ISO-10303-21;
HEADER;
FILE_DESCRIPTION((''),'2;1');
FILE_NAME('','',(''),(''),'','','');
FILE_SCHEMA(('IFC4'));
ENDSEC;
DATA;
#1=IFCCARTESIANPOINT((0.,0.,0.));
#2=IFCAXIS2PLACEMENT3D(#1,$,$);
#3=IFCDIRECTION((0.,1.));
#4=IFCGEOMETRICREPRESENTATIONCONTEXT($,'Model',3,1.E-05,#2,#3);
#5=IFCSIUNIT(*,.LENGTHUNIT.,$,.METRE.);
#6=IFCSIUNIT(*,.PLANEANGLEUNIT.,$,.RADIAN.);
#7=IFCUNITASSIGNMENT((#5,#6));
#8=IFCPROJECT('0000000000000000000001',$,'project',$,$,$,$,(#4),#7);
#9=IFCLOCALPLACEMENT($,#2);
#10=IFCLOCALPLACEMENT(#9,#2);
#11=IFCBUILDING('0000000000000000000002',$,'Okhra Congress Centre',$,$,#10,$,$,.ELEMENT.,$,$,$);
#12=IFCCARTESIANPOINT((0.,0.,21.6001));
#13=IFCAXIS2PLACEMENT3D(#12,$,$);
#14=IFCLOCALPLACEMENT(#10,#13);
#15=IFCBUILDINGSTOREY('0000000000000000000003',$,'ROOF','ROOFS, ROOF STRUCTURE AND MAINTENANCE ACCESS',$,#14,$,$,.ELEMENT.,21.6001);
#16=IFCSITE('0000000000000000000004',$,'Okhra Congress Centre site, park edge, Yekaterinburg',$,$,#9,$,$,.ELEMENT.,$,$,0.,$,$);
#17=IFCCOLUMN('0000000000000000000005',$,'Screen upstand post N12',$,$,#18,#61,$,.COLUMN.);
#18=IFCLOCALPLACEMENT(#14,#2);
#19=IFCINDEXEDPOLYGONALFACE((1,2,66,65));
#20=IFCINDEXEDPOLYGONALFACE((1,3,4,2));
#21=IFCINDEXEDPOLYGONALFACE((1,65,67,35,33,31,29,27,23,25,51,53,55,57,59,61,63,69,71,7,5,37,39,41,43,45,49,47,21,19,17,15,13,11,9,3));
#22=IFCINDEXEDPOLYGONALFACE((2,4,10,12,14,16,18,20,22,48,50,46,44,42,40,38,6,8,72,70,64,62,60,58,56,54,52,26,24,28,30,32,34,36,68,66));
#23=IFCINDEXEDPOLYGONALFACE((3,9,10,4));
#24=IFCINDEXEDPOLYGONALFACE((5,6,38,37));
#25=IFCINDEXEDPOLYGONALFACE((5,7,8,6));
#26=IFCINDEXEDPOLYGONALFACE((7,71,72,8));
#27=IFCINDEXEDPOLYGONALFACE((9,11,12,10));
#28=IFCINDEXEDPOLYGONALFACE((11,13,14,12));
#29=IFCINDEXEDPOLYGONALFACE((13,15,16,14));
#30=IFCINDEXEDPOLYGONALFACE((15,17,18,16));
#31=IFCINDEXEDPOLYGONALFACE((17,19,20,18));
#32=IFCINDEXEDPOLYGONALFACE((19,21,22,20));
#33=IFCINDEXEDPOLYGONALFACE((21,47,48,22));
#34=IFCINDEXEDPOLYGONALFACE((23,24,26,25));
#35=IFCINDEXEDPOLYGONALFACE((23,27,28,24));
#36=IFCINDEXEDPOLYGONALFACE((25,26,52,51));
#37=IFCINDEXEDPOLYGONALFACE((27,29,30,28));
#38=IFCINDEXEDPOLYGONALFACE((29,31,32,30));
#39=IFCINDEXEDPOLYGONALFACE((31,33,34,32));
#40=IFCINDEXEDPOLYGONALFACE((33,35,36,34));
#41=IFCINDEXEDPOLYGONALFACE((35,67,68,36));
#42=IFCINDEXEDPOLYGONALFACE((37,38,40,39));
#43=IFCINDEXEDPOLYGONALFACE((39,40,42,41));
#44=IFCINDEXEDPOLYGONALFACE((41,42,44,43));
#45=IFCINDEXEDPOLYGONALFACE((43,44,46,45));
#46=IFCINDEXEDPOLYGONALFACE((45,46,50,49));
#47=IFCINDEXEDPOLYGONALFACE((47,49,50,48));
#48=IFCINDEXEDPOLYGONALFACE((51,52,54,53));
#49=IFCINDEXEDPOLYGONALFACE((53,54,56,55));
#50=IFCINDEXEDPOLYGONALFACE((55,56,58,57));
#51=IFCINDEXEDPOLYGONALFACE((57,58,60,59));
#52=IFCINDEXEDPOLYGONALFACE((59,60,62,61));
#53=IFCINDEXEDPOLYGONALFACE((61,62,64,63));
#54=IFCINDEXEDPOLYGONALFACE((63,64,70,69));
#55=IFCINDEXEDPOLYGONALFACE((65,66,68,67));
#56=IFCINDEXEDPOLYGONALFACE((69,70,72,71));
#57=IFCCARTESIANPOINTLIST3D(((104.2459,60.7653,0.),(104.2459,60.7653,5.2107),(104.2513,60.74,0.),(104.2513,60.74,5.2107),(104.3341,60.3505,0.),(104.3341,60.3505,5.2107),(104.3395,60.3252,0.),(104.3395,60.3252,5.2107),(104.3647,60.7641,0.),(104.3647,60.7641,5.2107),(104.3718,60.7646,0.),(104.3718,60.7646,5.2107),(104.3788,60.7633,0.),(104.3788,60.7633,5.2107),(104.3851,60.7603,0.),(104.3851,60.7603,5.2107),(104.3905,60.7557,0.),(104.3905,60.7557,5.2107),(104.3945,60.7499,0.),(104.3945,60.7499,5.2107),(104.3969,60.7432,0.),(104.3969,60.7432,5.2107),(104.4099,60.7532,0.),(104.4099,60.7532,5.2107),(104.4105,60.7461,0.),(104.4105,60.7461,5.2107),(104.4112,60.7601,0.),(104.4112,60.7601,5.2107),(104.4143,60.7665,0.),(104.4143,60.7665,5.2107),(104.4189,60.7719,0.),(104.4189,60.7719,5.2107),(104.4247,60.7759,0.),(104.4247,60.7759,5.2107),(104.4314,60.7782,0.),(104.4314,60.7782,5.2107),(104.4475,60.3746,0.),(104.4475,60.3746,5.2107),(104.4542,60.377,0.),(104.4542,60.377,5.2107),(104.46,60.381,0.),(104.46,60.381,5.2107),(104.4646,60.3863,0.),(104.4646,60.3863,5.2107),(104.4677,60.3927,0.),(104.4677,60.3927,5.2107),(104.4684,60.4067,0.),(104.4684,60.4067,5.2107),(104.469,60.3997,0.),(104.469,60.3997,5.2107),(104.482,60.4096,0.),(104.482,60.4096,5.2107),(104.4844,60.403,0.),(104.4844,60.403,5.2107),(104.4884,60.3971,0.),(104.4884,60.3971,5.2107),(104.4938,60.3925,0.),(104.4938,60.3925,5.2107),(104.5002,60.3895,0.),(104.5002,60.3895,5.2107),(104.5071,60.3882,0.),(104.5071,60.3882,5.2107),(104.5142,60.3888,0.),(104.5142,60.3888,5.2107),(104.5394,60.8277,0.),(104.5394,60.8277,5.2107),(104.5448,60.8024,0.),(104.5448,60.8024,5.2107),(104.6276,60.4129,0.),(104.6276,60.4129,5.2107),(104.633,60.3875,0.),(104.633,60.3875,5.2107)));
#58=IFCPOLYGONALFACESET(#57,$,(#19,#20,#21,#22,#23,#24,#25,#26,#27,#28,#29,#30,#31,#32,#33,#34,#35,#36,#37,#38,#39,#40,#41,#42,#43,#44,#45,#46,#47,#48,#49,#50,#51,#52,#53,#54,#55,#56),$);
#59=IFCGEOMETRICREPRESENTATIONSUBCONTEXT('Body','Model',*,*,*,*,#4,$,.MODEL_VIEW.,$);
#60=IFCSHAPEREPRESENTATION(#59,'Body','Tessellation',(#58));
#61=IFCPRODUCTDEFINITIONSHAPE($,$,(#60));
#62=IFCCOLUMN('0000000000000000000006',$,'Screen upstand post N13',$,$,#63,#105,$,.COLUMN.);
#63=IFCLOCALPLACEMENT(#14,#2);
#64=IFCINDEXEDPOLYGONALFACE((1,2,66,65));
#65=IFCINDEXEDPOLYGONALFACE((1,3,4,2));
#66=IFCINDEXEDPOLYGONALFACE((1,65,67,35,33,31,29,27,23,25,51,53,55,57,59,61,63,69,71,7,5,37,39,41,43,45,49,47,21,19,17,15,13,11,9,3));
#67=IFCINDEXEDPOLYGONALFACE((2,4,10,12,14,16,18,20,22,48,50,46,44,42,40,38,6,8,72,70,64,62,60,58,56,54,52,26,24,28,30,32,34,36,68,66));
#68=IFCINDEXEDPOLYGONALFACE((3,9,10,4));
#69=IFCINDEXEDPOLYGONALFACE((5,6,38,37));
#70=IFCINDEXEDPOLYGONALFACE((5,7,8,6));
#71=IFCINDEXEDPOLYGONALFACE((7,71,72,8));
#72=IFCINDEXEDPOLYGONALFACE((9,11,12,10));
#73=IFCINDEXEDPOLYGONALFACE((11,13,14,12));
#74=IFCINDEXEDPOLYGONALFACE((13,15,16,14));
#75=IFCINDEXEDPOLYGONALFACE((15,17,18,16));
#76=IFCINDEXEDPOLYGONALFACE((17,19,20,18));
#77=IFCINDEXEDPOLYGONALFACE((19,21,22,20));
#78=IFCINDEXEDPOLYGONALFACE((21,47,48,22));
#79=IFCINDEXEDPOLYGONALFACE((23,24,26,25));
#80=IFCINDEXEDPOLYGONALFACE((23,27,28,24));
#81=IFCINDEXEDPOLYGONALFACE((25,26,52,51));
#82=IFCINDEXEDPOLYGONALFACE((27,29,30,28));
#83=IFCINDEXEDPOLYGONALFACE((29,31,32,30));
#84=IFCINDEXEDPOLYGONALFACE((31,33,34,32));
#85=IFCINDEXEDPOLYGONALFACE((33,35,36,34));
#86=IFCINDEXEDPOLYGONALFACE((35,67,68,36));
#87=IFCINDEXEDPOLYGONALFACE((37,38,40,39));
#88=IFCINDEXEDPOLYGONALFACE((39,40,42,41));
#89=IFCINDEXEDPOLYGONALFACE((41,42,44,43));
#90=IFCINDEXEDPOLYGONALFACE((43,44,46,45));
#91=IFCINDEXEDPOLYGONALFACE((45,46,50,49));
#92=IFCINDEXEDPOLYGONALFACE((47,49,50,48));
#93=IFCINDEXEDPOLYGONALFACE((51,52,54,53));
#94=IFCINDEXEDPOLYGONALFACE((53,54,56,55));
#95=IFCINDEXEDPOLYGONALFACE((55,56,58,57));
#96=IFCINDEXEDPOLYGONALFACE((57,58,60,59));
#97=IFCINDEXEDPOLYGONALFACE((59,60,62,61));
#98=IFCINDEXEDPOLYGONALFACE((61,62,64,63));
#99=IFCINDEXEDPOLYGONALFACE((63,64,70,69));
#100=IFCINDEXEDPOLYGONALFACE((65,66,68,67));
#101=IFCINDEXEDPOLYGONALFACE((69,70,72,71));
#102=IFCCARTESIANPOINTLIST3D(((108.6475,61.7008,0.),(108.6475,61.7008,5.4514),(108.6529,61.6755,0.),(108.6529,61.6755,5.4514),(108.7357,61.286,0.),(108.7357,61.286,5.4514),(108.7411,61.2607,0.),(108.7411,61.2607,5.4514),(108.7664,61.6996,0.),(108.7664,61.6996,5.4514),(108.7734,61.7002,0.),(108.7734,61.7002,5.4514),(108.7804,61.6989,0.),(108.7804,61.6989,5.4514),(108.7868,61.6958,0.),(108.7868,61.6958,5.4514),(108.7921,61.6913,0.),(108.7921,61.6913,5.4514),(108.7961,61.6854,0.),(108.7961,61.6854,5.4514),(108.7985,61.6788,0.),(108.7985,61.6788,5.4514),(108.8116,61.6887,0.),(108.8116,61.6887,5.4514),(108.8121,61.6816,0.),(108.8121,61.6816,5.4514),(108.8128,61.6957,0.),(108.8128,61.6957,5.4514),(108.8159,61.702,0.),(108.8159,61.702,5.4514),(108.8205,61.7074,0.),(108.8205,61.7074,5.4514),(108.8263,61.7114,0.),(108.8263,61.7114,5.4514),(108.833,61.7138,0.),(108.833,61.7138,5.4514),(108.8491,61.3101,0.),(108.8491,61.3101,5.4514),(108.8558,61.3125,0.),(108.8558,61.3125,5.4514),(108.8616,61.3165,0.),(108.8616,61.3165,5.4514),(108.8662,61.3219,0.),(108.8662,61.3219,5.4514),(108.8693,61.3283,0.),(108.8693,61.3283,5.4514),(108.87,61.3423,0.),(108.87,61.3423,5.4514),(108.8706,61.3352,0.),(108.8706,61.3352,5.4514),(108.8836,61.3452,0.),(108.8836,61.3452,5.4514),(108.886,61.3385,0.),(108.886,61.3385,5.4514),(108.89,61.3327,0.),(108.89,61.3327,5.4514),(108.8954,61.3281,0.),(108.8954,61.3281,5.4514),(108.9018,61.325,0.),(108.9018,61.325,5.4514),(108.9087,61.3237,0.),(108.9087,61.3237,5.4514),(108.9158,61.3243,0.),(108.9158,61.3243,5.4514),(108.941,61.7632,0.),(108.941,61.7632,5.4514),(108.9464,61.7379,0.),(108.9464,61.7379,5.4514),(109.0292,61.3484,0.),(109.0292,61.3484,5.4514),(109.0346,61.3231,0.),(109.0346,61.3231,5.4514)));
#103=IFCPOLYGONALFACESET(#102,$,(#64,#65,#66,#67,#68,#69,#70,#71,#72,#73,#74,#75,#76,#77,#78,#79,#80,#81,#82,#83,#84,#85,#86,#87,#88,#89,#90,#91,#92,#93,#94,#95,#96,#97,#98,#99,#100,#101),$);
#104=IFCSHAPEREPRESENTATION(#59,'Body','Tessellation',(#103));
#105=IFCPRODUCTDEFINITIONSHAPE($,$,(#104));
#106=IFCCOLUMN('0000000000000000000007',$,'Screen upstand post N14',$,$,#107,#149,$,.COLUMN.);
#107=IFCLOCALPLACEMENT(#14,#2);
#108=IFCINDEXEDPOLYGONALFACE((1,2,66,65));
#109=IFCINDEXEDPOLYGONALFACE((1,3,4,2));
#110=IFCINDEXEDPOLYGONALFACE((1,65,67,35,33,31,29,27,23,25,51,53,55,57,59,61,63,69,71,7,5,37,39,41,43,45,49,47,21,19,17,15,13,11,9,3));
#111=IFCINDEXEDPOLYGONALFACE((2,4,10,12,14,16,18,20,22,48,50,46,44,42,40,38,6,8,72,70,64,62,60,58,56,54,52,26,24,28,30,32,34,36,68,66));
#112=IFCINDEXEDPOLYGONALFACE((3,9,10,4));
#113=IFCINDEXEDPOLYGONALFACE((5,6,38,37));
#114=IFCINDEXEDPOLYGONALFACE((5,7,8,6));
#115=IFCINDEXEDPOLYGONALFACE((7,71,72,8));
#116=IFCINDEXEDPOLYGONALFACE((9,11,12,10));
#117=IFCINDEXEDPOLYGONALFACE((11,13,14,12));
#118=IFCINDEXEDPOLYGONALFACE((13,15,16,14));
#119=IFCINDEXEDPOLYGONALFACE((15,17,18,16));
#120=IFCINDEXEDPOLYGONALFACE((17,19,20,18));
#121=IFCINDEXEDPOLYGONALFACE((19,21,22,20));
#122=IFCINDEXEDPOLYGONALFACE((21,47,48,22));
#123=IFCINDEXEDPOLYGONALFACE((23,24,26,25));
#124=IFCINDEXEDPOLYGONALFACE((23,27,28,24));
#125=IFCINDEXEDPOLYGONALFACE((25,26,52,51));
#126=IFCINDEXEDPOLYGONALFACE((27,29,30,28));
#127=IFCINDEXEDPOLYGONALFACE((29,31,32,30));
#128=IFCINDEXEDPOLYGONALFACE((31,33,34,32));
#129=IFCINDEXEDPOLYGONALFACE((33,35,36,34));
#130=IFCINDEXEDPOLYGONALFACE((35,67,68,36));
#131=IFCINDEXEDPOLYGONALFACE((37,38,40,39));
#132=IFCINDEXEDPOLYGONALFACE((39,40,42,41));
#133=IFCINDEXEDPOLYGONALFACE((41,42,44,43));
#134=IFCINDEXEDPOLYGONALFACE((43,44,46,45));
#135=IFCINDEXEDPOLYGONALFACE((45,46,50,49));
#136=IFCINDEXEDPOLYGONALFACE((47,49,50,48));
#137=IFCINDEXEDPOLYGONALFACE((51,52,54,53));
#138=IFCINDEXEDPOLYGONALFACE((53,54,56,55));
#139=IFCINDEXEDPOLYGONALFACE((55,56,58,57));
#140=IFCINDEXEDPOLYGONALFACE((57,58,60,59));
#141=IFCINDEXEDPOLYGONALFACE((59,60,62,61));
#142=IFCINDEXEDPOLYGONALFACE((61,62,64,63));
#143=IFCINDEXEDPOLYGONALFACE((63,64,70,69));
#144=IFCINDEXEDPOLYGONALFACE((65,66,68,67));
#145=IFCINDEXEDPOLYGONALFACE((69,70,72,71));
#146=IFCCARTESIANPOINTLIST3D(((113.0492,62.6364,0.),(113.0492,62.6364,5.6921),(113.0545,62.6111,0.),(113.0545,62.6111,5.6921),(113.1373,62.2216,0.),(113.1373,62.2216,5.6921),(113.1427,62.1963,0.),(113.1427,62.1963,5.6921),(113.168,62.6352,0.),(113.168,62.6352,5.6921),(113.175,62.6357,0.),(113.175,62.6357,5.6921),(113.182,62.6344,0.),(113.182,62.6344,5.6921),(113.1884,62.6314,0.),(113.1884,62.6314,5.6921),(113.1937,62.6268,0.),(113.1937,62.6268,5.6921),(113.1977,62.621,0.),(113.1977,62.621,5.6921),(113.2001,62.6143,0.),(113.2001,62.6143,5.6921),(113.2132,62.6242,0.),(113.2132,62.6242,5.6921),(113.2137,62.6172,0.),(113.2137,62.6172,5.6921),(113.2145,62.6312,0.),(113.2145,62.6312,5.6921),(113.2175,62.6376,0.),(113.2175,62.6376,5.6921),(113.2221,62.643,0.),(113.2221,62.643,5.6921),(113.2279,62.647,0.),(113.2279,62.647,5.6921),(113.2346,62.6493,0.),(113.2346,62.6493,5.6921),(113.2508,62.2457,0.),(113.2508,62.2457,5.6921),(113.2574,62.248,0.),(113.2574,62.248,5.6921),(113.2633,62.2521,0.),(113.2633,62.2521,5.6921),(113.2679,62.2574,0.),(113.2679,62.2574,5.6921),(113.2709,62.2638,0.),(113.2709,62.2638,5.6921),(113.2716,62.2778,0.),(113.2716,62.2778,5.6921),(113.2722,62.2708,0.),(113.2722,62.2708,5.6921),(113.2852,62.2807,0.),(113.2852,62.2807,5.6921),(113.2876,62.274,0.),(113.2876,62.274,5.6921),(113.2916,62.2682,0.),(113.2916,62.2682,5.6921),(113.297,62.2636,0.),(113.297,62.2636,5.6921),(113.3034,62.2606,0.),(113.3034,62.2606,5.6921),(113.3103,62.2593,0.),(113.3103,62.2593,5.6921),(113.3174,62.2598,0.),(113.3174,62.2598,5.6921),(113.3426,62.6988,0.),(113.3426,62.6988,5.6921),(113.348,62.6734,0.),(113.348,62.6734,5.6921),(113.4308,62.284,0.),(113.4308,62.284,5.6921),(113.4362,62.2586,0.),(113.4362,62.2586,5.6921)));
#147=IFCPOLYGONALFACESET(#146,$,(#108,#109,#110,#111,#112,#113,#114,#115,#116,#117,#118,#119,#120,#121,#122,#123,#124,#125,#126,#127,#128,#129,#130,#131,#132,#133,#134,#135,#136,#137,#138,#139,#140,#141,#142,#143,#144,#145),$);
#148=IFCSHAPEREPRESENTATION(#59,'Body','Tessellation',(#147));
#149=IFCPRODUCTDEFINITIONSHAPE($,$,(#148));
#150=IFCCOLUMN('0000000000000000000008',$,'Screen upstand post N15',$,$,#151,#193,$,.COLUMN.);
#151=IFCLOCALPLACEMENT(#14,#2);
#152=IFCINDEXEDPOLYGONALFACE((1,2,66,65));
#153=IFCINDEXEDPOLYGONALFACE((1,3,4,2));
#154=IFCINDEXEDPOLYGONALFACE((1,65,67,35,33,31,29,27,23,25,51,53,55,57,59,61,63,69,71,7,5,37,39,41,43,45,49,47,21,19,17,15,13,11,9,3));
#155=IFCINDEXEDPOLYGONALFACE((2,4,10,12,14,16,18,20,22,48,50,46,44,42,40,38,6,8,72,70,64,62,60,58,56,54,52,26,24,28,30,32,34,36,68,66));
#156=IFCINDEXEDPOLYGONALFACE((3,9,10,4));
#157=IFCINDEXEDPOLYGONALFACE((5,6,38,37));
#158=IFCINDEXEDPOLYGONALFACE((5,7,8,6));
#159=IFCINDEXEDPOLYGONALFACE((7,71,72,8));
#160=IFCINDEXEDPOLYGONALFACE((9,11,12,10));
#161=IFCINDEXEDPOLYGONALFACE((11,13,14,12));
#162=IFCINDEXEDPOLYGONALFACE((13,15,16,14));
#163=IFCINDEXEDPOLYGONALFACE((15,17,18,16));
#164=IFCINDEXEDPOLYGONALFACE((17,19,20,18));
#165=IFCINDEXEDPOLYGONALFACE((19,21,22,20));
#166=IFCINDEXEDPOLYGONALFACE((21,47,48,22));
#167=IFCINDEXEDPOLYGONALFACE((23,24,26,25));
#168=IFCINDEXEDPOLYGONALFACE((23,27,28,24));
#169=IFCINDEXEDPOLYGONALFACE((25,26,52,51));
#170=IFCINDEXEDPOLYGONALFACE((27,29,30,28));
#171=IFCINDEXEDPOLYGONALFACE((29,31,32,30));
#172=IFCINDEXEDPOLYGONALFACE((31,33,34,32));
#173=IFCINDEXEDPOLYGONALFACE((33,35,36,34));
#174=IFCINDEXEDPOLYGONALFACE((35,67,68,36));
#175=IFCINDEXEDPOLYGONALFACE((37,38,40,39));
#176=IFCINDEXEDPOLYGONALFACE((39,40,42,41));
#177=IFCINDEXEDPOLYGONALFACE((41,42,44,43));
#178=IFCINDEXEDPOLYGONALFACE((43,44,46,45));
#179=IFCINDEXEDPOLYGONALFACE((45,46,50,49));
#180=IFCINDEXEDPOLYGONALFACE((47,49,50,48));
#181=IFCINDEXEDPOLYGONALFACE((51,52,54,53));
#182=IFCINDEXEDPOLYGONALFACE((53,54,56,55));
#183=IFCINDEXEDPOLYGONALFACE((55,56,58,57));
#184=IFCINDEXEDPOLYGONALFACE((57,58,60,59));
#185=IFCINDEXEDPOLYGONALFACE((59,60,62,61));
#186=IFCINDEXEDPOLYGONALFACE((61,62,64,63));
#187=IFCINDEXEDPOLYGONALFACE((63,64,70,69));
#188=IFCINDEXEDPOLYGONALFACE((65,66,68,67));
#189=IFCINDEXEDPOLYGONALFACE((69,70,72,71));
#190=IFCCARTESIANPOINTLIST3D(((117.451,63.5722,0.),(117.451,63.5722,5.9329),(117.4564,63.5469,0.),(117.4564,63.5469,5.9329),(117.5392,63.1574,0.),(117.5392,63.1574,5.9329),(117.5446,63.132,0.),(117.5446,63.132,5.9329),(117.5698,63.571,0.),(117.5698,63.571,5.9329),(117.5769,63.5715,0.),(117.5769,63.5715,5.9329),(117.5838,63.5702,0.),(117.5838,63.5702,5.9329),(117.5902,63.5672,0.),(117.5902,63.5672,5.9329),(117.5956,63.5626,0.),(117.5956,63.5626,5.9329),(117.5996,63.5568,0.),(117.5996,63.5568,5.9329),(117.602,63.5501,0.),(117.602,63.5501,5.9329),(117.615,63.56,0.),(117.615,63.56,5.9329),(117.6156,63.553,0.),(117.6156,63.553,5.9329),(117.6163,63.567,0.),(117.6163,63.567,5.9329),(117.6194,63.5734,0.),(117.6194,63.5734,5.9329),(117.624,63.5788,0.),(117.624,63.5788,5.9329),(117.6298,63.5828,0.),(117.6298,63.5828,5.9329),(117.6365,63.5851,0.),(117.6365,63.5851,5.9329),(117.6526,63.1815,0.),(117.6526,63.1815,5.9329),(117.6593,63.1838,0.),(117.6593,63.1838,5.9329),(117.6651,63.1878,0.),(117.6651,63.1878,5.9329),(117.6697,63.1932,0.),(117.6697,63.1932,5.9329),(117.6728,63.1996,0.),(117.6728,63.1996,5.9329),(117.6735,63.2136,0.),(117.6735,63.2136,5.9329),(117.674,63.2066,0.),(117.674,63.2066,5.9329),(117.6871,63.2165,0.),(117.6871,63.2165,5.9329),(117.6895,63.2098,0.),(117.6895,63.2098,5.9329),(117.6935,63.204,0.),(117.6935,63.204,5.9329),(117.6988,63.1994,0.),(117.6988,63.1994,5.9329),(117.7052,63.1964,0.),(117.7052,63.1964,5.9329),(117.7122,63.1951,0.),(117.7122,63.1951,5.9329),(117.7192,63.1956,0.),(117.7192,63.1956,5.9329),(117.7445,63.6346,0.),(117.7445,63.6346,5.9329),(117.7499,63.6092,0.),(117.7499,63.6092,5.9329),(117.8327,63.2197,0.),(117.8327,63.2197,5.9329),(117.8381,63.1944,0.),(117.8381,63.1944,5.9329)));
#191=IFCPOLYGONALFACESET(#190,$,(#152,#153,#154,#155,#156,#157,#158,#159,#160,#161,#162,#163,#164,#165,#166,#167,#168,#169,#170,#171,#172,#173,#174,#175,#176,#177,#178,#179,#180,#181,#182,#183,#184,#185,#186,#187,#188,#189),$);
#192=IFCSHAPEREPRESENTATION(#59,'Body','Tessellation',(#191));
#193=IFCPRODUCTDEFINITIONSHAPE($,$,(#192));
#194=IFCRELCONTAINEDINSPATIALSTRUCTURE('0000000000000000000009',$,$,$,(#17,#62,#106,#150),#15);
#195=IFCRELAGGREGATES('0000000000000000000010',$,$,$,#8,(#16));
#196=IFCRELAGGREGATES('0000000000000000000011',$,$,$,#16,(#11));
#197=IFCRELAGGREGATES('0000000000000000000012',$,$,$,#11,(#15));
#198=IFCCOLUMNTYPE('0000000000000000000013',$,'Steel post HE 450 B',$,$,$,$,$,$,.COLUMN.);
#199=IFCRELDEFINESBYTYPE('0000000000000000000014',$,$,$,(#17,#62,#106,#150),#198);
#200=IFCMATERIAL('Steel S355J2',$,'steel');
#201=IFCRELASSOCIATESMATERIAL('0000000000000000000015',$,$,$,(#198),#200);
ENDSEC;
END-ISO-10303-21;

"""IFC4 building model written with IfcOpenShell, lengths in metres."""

from ifc_helpers import new_model, si_unit, direction, frame, origin, origin_2d, place, context, subcontext, project, spatial, i_section, extrude, material, material_profile, profile_set, type_object, element, save


model = new_model("IFC4")

# Units and contexts
model_context = context("Model", 3, precision=1e-05, world=origin(), true_north=direction((0.0, 1.0)))
body_context = subcontext(model_context, "Body", "Model", "MODEL_VIEW")
ifc_project = project(units=[si_unit("LENGTHUNIT", "METRE"), si_unit("PLANEANGLEUNIT", "RADIAN")], contexts=[model_context])

# Site, building, storey
site_placement = place(None, origin())
site = spatial("IfcSite", under=ifc_project, at=site_placement, Name="Okhra Congress Centre site, park edge, Yekaterinburg", CompositionType="ELEMENT", RefElevation=0.0)
building_placement = place(site_placement, origin())
building = spatial("IfcBuilding", under=site, at=building_placement, Name="Okhra Congress Centre", CompositionType="ELEMENT")
storey_placement = place(building_placement, frame((0.0, 0.0, 21.6001)))
storey = spatial("IfcBuildingStorey", under=building, at=storey_placement, Name="ROOF", Description="ROOFS, ROOF STRUCTURE AND MAINTENANCE ACCESS", CompositionType="ELEMENT", Elevation=21.6001)

# Columns
ifc_material_1 = material(Name="Steel S355J2", Category="steel")
ifc_material_profile_1 = material_profile(ifc_material_1, i_section(OverallWidth=0.3, OverallDepth=0.45, WebThickness=0.0139, FlangeThickness=0.0259, FilletRadius=0.0271, at=origin_2d()), Name="HE 450 B")
ifc_profile_set_1 = profile_set([ifc_material_profile_1], Name="Steel S355J2")
column_type = type_object("IfcColumnType", Name="Steel post HE 450 B", PredefinedType="COLUMN", material=ifc_profile_set_1)
column_1_placement = place(storey_placement, frame((104.4395, 60.5764, 0.0), z_axis=(0.0, 0.0, 1.0), x_axis=(0.978148, 0.207912, 0.0)))
element("IfcColumn", 1, at=column_1_placement, inside=storey, type_object=column_type, Name="Screen upstand post N12", PredefinedType="COLUMN", context=body_context, shape_type="SweptSolid", body=[
    extrude(i_section(OverallWidth=0.3, OverallDepth=0.45, WebThickness=0.0139, FlangeThickness=0.0259, FilletRadius=0.0271, at=origin_2d()), origin(), (0.0, 0.0, 1.0), 5.2107),
])
column_2_placement = place(storey_placement, frame((108.8411, 61.512, 0.0), z_axis=(0.0, 0.0, 1.0), x_axis=(0.978148, 0.207912, 0.0)))
element("IfcColumn", 2, at=column_2_placement, inside=storey, type_object=column_type, Name="Screen upstand post N13", PredefinedType="COLUMN", context=body_context, shape_type="SweptSolid", body=[
    extrude(i_section(OverallWidth=0.3, OverallDepth=0.45, WebThickness=0.0139, FlangeThickness=0.0259, FilletRadius=0.0271, at=origin_2d()), origin(), (0.0, 0.0, 1.0), 5.4514),
])
column_3_placement = place(storey_placement, frame((113.2427, 62.4475, 0.0), z_axis=(0.0, 0.0, 1.0), x_axis=(0.978148, 0.207912, 0.0)))
element("IfcColumn", 3, at=column_3_placement, inside=storey, type_object=column_type, Name="Screen upstand post N14", PredefinedType="COLUMN", context=body_context, shape_type="SweptSolid", body=[
    extrude(i_section(OverallWidth=0.3, OverallDepth=0.45, WebThickness=0.0139, FlangeThickness=0.0259, FilletRadius=0.0271, at=origin_2d()), origin(), (0.0, 0.0, 1.0), 5.6921),
])
column_4_placement = place(storey_placement, frame((117.6445, 63.3833, 0.0), z_axis=(0.0, 0.0, 1.0), x_axis=(0.978148, 0.207912, 0.0)))
element("IfcColumn", 4, at=column_4_placement, inside=storey, type_object=column_type, Name="Screen upstand post N15", PredefinedType="COLUMN", context=body_context, shape_type="SweptSolid", body=[
    extrude(i_section(OverallWidth=0.3, OverallDepth=0.45, WebThickness=0.0139, FlangeThickness=0.0259, FilletRadius=0.0271, at=origin_2d()), origin(), (0.0, 0.0, 1.0), 5.9329),
])

save(model, "model.ifc")
